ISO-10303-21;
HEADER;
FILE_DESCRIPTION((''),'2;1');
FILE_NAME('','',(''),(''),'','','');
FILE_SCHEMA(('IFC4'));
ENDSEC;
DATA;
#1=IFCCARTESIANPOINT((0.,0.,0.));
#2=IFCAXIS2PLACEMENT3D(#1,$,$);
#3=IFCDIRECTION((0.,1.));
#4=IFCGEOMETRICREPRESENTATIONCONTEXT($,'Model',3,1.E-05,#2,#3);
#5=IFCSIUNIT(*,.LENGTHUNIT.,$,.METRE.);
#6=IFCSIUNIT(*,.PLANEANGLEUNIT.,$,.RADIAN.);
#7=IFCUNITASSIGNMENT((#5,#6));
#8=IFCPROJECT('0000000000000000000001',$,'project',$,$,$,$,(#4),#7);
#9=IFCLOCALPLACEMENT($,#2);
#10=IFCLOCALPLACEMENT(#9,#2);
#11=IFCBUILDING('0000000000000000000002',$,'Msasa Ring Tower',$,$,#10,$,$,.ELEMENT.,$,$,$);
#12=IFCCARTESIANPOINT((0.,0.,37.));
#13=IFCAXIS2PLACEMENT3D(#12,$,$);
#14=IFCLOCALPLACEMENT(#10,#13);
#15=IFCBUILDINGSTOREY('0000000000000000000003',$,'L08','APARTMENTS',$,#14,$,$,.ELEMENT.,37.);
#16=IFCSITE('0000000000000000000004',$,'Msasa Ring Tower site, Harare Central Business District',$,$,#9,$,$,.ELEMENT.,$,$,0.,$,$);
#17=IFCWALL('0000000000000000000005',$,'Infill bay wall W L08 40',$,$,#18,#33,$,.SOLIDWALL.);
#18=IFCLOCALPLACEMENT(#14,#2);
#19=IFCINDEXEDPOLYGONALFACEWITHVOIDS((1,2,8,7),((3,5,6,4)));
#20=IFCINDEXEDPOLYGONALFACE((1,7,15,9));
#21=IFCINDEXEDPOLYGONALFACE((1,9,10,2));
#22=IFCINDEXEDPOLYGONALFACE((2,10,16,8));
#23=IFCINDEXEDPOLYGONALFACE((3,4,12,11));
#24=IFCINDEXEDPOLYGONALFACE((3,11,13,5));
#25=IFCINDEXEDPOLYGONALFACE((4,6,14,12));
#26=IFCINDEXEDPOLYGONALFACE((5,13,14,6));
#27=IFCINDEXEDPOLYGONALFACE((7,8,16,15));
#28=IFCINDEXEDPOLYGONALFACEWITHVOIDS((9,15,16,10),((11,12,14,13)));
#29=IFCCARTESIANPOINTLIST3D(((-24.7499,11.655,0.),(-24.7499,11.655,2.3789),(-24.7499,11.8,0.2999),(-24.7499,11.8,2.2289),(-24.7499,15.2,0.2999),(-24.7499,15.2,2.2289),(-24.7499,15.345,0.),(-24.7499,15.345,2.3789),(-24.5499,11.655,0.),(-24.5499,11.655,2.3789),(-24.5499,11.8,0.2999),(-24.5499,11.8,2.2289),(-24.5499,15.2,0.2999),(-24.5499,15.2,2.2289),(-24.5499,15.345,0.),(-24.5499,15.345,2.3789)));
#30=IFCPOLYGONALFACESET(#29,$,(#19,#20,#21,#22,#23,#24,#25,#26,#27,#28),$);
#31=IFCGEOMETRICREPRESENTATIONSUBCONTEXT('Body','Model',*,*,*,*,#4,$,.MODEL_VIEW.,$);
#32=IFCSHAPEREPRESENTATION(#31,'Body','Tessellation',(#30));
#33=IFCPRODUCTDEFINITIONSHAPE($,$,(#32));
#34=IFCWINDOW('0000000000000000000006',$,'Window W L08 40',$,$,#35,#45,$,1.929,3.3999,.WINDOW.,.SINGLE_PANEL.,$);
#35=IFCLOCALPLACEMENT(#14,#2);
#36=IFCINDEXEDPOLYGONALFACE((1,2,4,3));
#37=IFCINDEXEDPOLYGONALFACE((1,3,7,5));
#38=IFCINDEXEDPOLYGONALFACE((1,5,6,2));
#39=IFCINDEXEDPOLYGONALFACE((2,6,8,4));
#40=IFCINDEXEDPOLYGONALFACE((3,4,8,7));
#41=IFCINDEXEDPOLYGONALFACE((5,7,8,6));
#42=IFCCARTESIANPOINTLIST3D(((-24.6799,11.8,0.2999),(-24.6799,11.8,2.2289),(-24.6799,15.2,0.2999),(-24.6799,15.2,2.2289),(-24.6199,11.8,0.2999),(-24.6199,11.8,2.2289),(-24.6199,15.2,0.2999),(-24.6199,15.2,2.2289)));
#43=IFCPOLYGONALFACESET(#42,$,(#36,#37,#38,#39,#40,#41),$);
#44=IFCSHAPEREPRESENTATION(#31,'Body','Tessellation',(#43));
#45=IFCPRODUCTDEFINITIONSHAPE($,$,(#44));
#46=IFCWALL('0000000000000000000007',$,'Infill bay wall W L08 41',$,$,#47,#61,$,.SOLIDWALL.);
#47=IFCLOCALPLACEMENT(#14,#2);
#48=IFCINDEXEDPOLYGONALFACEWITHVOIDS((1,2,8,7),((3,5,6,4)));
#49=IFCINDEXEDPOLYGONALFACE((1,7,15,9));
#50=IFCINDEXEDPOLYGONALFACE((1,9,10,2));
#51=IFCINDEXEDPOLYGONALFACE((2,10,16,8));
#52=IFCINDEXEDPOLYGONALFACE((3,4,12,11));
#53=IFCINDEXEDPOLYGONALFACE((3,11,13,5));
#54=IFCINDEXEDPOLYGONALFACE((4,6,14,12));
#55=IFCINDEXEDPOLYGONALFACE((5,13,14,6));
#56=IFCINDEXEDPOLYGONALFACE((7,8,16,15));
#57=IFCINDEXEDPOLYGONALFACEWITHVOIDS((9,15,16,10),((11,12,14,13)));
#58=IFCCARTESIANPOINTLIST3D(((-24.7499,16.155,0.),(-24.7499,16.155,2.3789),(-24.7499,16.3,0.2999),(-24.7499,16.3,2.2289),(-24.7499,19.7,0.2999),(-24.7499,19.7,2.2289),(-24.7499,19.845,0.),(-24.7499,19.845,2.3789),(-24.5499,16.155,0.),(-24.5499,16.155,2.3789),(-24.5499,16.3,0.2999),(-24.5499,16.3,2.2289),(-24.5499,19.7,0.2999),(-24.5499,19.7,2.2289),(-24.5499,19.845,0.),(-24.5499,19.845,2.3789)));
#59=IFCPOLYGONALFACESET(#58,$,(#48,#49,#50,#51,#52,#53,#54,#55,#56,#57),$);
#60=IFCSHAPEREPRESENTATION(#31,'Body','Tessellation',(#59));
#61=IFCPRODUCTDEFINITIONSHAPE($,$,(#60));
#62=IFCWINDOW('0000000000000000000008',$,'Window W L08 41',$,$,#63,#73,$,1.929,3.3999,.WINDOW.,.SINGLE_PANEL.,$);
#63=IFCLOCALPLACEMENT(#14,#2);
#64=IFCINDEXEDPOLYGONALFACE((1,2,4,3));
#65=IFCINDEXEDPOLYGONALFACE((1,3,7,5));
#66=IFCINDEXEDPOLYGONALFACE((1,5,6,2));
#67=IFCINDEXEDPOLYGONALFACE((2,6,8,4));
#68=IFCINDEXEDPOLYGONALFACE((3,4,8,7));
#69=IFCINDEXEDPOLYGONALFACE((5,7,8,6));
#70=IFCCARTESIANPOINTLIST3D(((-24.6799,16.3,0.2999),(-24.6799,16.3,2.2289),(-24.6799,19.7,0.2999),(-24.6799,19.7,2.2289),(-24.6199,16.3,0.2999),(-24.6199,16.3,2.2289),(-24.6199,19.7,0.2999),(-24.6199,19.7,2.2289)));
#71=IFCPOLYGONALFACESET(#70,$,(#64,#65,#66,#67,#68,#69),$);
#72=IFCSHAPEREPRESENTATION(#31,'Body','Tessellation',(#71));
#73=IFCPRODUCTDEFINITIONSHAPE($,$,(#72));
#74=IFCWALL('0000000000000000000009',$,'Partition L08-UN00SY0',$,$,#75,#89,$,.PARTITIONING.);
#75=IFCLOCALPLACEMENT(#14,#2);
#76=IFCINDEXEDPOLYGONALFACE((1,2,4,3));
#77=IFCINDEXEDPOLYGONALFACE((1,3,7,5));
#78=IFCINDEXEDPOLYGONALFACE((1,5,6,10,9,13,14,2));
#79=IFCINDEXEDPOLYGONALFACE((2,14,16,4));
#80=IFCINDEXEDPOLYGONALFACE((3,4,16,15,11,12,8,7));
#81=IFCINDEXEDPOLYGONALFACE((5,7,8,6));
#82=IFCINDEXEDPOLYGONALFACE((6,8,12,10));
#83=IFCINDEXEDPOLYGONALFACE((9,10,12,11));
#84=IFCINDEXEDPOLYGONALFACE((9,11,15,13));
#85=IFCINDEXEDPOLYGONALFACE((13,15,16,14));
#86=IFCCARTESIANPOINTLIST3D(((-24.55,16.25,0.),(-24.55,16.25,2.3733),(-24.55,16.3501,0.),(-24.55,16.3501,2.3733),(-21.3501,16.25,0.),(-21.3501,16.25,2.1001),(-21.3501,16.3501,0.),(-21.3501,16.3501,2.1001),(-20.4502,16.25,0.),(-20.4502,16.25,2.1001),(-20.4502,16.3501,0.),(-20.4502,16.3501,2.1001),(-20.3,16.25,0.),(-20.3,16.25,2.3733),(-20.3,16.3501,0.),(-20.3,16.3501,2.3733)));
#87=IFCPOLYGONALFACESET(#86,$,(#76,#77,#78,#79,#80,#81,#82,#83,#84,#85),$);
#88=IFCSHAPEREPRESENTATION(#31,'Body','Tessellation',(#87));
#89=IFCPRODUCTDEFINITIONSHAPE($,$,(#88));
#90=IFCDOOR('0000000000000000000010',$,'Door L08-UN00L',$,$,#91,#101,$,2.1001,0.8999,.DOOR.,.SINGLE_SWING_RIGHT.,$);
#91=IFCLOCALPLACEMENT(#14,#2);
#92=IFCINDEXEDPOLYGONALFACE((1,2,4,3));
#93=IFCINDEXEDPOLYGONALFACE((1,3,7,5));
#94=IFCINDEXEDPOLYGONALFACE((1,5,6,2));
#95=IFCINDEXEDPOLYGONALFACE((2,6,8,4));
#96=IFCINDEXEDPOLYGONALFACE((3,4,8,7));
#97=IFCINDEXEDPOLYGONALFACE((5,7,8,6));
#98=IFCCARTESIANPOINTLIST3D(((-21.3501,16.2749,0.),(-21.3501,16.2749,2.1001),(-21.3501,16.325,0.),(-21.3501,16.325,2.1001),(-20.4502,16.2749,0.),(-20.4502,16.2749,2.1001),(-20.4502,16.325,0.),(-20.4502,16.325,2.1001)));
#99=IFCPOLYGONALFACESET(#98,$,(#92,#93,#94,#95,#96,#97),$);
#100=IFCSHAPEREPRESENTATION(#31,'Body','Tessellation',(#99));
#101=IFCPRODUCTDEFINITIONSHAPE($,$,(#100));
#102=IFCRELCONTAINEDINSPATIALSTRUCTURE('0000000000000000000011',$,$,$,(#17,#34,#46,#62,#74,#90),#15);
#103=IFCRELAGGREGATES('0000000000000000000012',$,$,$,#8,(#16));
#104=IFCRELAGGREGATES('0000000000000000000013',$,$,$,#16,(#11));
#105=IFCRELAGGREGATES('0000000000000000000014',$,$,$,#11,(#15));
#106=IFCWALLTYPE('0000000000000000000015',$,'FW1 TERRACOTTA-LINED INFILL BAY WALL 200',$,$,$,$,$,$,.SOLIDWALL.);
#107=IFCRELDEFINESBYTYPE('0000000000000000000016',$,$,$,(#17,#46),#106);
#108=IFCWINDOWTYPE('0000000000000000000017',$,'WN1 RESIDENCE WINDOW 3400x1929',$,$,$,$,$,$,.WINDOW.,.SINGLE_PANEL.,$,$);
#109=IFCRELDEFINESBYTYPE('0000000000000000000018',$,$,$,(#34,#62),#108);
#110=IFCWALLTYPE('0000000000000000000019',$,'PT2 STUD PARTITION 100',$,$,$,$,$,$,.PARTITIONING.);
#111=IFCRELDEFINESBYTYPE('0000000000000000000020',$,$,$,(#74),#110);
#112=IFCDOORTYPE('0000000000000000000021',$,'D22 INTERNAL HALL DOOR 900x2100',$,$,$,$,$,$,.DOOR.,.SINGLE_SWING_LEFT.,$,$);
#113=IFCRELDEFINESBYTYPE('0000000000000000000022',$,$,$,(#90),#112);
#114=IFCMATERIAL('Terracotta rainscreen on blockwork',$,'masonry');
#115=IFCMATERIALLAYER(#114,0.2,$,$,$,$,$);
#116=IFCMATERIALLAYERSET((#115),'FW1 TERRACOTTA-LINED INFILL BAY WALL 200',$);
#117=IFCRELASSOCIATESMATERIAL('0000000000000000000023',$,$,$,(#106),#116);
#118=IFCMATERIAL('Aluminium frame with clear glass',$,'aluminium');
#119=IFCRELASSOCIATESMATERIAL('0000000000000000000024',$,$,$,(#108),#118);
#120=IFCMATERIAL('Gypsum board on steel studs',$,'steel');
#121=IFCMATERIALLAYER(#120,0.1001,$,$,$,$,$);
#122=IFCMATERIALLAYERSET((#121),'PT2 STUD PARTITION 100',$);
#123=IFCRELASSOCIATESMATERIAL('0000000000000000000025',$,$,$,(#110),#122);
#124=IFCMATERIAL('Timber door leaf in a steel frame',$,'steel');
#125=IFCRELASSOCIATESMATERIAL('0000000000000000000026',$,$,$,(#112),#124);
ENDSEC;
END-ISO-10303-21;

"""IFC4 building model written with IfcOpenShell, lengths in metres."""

from ifc_helpers import new_model, si_unit, direction, frame, frame_2d, origin, place, context, subcontext, project, spatial, rectangle, extrude, material, layer, layer_set, type_object, element, fill, save


model = new_model("IFC4")

# Units and contexts
model_context = context("Model", 3, precision=1e-05, world=origin(), true_north=direction((0.0, 1.0)))
body_context = subcontext(model_context, "Body", "Model", "MODEL_VIEW")
ifc_project = project(units=[si_unit("LENGTHUNIT", "METRE"), si_unit("PLANEANGLEUNIT", "RADIAN")], contexts=[model_context])

# Site, building, storey
site_placement = place(None, origin())
site = spatial("IfcSite", under=ifc_project, at=site_placement, Name="Msasa Ring Tower site, Harare Central Business District", CompositionType="ELEMENT", RefElevation=0.0)
building_placement = place(site_placement, origin())
building = spatial("IfcBuilding", under=site, at=building_placement, Name="Msasa Ring Tower", CompositionType="ELEMENT")
storey_placement = place(building_placement, frame((0.0, 0.0, 37.0)))
storey = spatial("IfcBuildingStorey", under=building, at=storey_placement, Name="L08", Description="APARTMENTS", CompositionType="ELEMENT", Elevation=37.0)

# Walls, openings, windows
ifc_material_1 = material(Name="Terracotta rainscreen on blockwork", Category="masonry")
ifc_layer_1 = layer(ifc_material_1, 0.2)
ifc_layer_set_1 = layer_set([ifc_layer_1], Name="FW1 TERRACOTTA-LINED INFILL BAY WALL 200")
wall_type_1 = type_object("IfcWallType", Name="FW1 TERRACOTTA-LINED INFILL BAY WALL 200", PredefinedType="SOLIDWALL", material=ifc_layer_set_1)
wall_1_placement = place(storey_placement, frame((-24.6499, 11.655, 0.0), z_axis=(0.0, 0.0, 1.0), x_axis=(0.0, 1.0, 0.0)))
wall_1 = element("IfcWall", 1, at=wall_1_placement, inside=storey, type_object=wall_type_1, Name="Infill bay wall W L08 40", PredefinedType="SOLIDWALL", context=body_context, shape_type="SweptSolid", body=[
    extrude(rectangle(XDim=3.6899, YDim=0.2, at=frame_2d((1.845, 0.0))), origin(), (0.0, 0.0, 1.0), 2.3789),
])
opening_1_placement = place(wall_1_placement, frame((0.145, 0.0, 0.3)))
opening_1 = element("IfcOpeningElement", 2, at=opening_1_placement, cuts=wall_1, PredefinedType="OPENING", context=body_context, shape_type="SweptSolid", body=[
    extrude(rectangle(XDim=3.3999, YDim=1.929, at=frame_2d((1.7, 0.9644))), frame((0.0, 0.1099, 0.0), z_axis=(0.0, -1.0, 0.0), x_axis=(1.0, 0.0, 0.0)), (0.0, 0.0, 1.0), 0.22),
])
ifc_material_2 = material(Name="Aluminium frame with clear glass", Category="aluminium")
window_type = type_object("IfcWindowType", Name="WN1 RESIDENCE WINDOW 3400x1929", PartitioningType="SINGLE_PANEL", PredefinedType="WINDOW", material=ifc_material_2)
window_1_placement = place(opening_1_placement, origin())
window_1 = element("IfcWindow", 3, at=window_1_placement, inside=storey, type_object=window_type, Name="Window W L08 40", OverallHeight=1.929, OverallWidth=3.3999, PartitioningType="SINGLE_PANEL", PredefinedType="WINDOW", context=body_context, shape_type="SweptSolid", body=[
    extrude(rectangle(XDim=3.3999, YDim=1.929, at=frame_2d((1.7, 0.9644))), frame((0.0, 0.03, 0.0), z_axis=(0.0, -1.0, 0.0), x_axis=(1.0, 0.0, 0.0)), (0.0, 0.0, 1.0), 0.0601),
])
fill(opening_1, window_1)
wall_2_placement = place(storey_placement, frame((-24.6499, 16.155, 0.0), z_axis=(0.0, 0.0, 1.0), x_axis=(0.0, 1.0, 0.0)))
wall_2 = element("IfcWall", 4, at=wall_2_placement, inside=storey, type_object=wall_type_1, Name="Infill bay wall W L08 41", PredefinedType="SOLIDWALL", context=body_context, shape_type="SweptSolid", body=[
    extrude(rectangle(XDim=3.6899, YDim=0.2, at=frame_2d((1.845, 0.0))), origin(), (0.0, 0.0, 1.0), 2.3789),
])
opening_2_placement = place(wall_2_placement, frame((0.145, 0.0, 0.3)))
opening_2 = element("IfcOpeningElement", 5, at=opening_2_placement, cuts=wall_2, PredefinedType="OPENING", context=body_context, shape_type="SweptSolid", body=[
    extrude(rectangle(XDim=3.3999, YDim=1.929, at=frame_2d((1.7, 0.9644))), frame((0.0, 0.1099, 0.0), z_axis=(0.0, -1.0, 0.0), x_axis=(1.0, 0.0, 0.0)), (0.0, 0.0, 1.0), 0.22),
])
window_2_placement = place(opening_2_placement, origin())
window_2 = element("IfcWindow", 6, at=window_2_placement, inside=storey, type_object=window_type, Name="Window W L08 41", OverallHeight=1.929, OverallWidth=3.3999, PartitioningType="SINGLE_PANEL", PredefinedType="WINDOW", context=body_context, shape_type="SweptSolid", body=[
    extrude(rectangle(XDim=3.3999, YDim=1.929, at=frame_2d((1.7, 0.9644))), frame((0.0, 0.03, 0.0), z_axis=(0.0, -1.0, 0.0), x_axis=(1.0, 0.0, 0.0)), (0.0, 0.0, 1.0), 0.0601),
])
fill(opening_2, window_2)

# Wall, opening, door
ifc_material_3 = material(Name="Gypsum board on steel studs", Category="steel")
ifc_layer_2 = layer(ifc_material_3, 0.1001)
ifc_layer_set_2 = layer_set([ifc_layer_2], Name="PT2 STUD PARTITION 100")
wall_type_2 = type_object("IfcWallType", Name="PT2 STUD PARTITION 100", PredefinedType="PARTITIONING", material=ifc_layer_set_2)
wall_3_placement = place(storey_placement, frame((-24.55, 16.3, 0.0), z_axis=(0.0, 0.0, 1.0), x_axis=(1.0, 0.0, 0.0)))
wall_3 = element("IfcWall", 7, at=wall_3_placement, inside=storey, type_object=wall_type_2, Name="Partition L08-UN00SY0", PredefinedType="PARTITIONING", context=body_context, shape_type="SweptSolid", body=[
    extrude(rectangle(XDim=4.25, YDim=0.1001, at=frame_2d((2.125, 0.0))), origin(), (0.0, 0.0, 1.0), 2.3733),
])
opening_3_placement = place(wall_3_placement, frame((3.2, 0.0, 0.0)))
opening_3 = element("IfcOpeningElement", 8, at=opening_3_placement, cuts=wall_3, PredefinedType="OPENING", context=body_context, shape_type="SweptSolid", body=[
    extrude(rectangle(XDim=0.8999, YDim=2.1001, at=frame_2d((0.45, 1.05))), frame((0.0, 0.0601, 0.0), z_axis=(0.0, -1.0, 0.0), x_axis=(1.0, 0.0, 0.0)), (0.0, 0.0, 1.0), 0.1201),
])
ifc_material_4 = material(Name="Timber door leaf in a steel frame", Category="steel")
door_type = type_object("IfcDoorType", Name="D22 INTERNAL HALL DOOR 900x2100", OperationType="SINGLE_SWING_LEFT", PredefinedType="DOOR", material=ifc_material_4)
door_placement = place(opening_3_placement, origin())
door = element("IfcDoor", 9, at=door_placement, inside=storey, type_object=door_type, Name="Door L08-UN00L", OperationType="SINGLE_SWING_RIGHT", OverallHeight=2.1001, OverallWidth=0.8999, PredefinedType="DOOR", context=body_context, shape_type="SweptSolid", body=[
    extrude(rectangle(XDim=0.8999, YDim=2.1001, at=frame_2d((0.45, 1.05))), frame((0.0, 0.0249, 0.0), z_axis=(0.0, -1.0, 0.0), x_axis=(1.0, 0.0, 0.0)), (0.0, 0.0, 1.0), 0.05),
])
fill(opening_3, door)

save(model, "model.ifc")
